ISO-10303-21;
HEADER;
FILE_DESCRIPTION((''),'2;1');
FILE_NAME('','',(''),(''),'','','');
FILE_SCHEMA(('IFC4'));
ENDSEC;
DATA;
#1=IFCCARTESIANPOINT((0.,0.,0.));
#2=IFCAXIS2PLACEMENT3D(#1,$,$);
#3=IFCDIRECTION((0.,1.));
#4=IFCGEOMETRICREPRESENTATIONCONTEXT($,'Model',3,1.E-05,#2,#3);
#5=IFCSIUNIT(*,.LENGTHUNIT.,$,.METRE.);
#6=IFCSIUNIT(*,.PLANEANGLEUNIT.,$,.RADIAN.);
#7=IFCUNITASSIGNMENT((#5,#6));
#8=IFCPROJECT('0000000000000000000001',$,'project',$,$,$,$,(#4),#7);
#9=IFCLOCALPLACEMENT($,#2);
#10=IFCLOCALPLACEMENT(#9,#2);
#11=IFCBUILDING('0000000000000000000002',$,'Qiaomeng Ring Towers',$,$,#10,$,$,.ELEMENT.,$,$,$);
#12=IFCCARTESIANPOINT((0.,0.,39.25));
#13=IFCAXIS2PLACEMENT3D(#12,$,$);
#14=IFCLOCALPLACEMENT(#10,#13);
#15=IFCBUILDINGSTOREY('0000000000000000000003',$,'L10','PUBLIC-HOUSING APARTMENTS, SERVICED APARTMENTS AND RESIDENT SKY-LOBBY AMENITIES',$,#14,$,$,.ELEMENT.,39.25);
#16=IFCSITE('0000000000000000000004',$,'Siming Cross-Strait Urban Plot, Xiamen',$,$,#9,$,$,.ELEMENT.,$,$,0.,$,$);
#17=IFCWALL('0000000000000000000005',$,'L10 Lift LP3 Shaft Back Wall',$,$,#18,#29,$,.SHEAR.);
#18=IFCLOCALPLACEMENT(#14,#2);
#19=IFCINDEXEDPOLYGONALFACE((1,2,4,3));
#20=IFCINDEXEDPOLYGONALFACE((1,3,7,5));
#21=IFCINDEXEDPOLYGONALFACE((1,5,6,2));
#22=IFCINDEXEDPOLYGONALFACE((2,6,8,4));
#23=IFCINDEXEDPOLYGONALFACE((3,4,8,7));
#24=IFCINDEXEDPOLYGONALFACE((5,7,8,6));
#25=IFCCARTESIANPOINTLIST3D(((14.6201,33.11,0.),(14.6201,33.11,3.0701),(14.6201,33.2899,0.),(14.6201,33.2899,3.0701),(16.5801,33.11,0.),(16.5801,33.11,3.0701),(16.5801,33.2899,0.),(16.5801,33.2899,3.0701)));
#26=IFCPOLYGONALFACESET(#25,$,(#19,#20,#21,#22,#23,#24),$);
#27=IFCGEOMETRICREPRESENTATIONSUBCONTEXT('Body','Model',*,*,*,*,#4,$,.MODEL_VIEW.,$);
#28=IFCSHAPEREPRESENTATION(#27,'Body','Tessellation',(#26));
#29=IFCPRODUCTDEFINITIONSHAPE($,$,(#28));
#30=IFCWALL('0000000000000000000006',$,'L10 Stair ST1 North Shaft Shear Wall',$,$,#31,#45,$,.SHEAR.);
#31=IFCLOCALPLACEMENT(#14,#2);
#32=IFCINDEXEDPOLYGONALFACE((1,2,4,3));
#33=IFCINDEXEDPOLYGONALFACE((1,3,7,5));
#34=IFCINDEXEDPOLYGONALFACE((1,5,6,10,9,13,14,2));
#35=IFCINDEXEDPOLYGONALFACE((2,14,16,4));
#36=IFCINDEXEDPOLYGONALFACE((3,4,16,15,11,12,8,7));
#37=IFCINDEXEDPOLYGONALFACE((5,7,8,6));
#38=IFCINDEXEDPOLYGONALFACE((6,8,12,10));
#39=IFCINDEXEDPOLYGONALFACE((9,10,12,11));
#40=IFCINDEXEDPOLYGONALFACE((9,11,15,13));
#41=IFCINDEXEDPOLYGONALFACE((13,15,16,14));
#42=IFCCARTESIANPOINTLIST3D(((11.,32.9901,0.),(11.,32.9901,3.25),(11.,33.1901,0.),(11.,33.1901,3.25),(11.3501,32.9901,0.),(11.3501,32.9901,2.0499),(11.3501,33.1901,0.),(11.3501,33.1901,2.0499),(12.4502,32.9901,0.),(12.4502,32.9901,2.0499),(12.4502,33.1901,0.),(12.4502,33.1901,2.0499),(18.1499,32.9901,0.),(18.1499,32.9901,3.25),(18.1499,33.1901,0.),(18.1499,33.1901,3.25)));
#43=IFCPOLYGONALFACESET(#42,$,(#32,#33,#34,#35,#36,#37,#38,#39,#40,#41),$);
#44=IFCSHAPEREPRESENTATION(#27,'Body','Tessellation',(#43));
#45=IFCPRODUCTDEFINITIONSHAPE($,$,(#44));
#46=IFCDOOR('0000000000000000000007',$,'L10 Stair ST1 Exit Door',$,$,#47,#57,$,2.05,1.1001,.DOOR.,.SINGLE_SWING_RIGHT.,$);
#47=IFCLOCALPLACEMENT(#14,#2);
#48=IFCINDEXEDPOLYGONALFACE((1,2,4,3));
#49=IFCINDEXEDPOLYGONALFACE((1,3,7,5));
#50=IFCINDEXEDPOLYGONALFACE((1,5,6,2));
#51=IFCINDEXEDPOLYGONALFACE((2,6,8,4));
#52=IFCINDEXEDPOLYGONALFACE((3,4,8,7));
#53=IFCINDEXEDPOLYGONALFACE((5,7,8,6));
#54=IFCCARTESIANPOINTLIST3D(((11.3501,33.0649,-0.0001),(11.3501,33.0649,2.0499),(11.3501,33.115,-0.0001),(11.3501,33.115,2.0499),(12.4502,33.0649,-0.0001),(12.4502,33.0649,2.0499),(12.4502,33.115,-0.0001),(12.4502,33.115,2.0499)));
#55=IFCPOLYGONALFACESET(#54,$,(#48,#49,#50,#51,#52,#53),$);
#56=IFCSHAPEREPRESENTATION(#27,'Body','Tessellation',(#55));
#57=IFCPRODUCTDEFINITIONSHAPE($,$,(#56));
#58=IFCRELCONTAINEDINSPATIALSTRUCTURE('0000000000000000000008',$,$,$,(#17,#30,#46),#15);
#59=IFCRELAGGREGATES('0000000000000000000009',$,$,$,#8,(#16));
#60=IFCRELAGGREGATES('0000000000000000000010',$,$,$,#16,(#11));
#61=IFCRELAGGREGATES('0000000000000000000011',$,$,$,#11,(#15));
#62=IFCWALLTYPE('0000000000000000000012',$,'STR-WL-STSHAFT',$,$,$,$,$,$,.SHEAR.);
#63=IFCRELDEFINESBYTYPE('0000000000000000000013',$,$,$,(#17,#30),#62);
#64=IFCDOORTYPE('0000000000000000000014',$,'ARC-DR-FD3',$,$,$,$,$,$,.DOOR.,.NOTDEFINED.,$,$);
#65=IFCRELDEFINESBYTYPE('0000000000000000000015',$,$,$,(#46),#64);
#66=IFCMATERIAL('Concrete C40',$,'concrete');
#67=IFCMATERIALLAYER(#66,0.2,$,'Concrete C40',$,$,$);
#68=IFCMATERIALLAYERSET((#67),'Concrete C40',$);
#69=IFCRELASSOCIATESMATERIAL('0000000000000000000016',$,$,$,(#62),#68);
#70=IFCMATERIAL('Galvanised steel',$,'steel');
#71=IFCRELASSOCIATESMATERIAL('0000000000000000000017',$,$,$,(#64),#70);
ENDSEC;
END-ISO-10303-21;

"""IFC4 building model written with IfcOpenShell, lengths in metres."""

from ifc_helpers import new_model, si_unit, direction, frame, frame_2d, origin, place, context, subcontext, project, spatial, rectangle, extrude, source, transform, mapped, material, layer, layer_set, type_object, element, fill, save


model = new_model("IFC4")

# Units and contexts
model_context = context("Model", 3, precision=1e-05, world=origin(), true_north=direction((0.0, 1.0)))
body_context = subcontext(model_context, "Body", "Model", "MODEL_VIEW")
ifc_project = project(units=[si_unit("LENGTHUNIT", "METRE"), si_unit("PLANEANGLEUNIT", "RADIAN")], contexts=[model_context])

# Site, building, storey
site_placement = place(None, origin())
site = spatial("IfcSite", under=ifc_project, at=site_placement, Name="Siming Cross-Strait Urban Plot, Xiamen", CompositionType="ELEMENT", RefElevation=0.0)
building_placement = place(site_placement, origin())
building = spatial("IfcBuilding", under=site, at=building_placement, Name="Qiaomeng Ring Towers", CompositionType="ELEMENT")
storey_placement = place(building_placement, frame((0.0, 0.0, 39.25)))
storey = spatial("IfcBuildingStorey", under=building, at=storey_placement, Name="L10", Description="PUBLIC-HOUSING APARTMENTS, SERVICED APARTMENTS AND RESIDENT SKY-LOBBY AMENITIES", CompositionType="ELEMENT", Elevation=39.25)

# Wall
ifc_material_1 = material(Name="Concrete C40", Category="concrete")
ifc_layer_1 = layer(ifc_material_1, 0.2, Name="Concrete C40")
ifc_layer_set_1 = layer_set([ifc_layer_1], Name="Concrete C40")
wall_type_1 = type_object("IfcWallType", Name="STR-WL-STSHAFT", PredefinedType="SHEAR", material=ifc_layer_set_1)
wall_1_placement = place(storey_placement, frame((14.6201, 33.2, 0.0), z_axis=(0.0, 0.0, 1.0), x_axis=(1.0, 0.0, 0.0)))
element("IfcWall", 1, at=wall_1_placement, inside=storey, type_object=wall_type_1, Name="L10 Lift LP3 Shaft Back Wall", PredefinedType="SHEAR", context=body_context, shape_type="SweptSolid", body=[
    extrude(rectangle(XDim=1.96, YDim=0.1799, at=frame_2d((0.98, 0.0))), origin(), (0.0, 0.0, 1.0), 3.0701),
])

# Wall, opening, door
wall_2_placement = place(storey_placement, frame((11.0, 33.0901, 0.0), z_axis=(0.0, 0.0, 1.0), x_axis=(1.0, 0.0, 0.0)))
wall_2 = element("IfcWall", 2, at=wall_2_placement, inside=storey, type_object=wall_type_1, Name="L10 Stair ST1 North Shaft Shear Wall", PredefinedType="SHEAR", context=body_context, shape_type="SweptSolid", body=[
    extrude(rectangle(XDim=7.1499, YDim=0.2, at=frame_2d((3.575, 0.0))), origin(), (0.0, 0.0, 1.0), 3.25),
])
opening_1_placement = place(wall_2_placement, frame((0.3501, 0.0, 0.0)))
opening_1 = element("IfcOpeningElement", 3, at=opening_1_placement, cuts=wall_2, PredefinedType="OPENING", context=body_context, shape_type="SweptSolid", body=[
    extrude(rectangle(XDim=1.1001, YDim=2.05, at=frame_2d((0.55, 1.0249))), frame((0.0, 0.1099, 0.0), z_axis=(0.0, -1.0, 0.0), x_axis=(1.0, 0.0, 0.0)), (0.0, 0.0, 1.0), 0.22),
])
ifc_material_2 = material(Name="Galvanised steel", Category="steel")
door_type_1 = type_object("IfcDoorType", Name="ARC-DR-FD3", OperationType="NOTDEFINED", PredefinedType="DOOR", material=ifc_material_2)
shared_shape_1 = source(origin(), body_context, "Body", "SweptSolid", [
    extrude(rectangle(XDim=1.1001, YDim=2.05, at=frame_2d((0.55, 1.0249))), frame((0.0, 0.0249, 0.0), z_axis=(0.0, -1.0, 0.0), x_axis=(1.0, 0.0, 0.0)), (0.0, 0.0, 1.0), 0.05),
])
door_1_placement = place(opening_1_placement, origin())
door_1 = element("IfcDoor", 4, at=door_1_placement, inside=storey, type_object=door_type_1, Name="L10 Stair ST1 Exit Door", OperationType="SINGLE_SWING_RIGHT", OverallHeight=2.05, OverallWidth=1.1001, PredefinedType="DOOR", context=body_context, shape_type="MappedRepresentation", body=[
    mapped(shared_shape_1, transform((0.0, 0.0, 0.0), x_axis=(1.0, 0.0, 0.0), y_axis=(0.0, 1.0, 0.0), z_axis=(0.0, 0.0, 1.0), scale=1.0)),
])
fill(opening_1, door_1)

save(model, "model.ifc")
